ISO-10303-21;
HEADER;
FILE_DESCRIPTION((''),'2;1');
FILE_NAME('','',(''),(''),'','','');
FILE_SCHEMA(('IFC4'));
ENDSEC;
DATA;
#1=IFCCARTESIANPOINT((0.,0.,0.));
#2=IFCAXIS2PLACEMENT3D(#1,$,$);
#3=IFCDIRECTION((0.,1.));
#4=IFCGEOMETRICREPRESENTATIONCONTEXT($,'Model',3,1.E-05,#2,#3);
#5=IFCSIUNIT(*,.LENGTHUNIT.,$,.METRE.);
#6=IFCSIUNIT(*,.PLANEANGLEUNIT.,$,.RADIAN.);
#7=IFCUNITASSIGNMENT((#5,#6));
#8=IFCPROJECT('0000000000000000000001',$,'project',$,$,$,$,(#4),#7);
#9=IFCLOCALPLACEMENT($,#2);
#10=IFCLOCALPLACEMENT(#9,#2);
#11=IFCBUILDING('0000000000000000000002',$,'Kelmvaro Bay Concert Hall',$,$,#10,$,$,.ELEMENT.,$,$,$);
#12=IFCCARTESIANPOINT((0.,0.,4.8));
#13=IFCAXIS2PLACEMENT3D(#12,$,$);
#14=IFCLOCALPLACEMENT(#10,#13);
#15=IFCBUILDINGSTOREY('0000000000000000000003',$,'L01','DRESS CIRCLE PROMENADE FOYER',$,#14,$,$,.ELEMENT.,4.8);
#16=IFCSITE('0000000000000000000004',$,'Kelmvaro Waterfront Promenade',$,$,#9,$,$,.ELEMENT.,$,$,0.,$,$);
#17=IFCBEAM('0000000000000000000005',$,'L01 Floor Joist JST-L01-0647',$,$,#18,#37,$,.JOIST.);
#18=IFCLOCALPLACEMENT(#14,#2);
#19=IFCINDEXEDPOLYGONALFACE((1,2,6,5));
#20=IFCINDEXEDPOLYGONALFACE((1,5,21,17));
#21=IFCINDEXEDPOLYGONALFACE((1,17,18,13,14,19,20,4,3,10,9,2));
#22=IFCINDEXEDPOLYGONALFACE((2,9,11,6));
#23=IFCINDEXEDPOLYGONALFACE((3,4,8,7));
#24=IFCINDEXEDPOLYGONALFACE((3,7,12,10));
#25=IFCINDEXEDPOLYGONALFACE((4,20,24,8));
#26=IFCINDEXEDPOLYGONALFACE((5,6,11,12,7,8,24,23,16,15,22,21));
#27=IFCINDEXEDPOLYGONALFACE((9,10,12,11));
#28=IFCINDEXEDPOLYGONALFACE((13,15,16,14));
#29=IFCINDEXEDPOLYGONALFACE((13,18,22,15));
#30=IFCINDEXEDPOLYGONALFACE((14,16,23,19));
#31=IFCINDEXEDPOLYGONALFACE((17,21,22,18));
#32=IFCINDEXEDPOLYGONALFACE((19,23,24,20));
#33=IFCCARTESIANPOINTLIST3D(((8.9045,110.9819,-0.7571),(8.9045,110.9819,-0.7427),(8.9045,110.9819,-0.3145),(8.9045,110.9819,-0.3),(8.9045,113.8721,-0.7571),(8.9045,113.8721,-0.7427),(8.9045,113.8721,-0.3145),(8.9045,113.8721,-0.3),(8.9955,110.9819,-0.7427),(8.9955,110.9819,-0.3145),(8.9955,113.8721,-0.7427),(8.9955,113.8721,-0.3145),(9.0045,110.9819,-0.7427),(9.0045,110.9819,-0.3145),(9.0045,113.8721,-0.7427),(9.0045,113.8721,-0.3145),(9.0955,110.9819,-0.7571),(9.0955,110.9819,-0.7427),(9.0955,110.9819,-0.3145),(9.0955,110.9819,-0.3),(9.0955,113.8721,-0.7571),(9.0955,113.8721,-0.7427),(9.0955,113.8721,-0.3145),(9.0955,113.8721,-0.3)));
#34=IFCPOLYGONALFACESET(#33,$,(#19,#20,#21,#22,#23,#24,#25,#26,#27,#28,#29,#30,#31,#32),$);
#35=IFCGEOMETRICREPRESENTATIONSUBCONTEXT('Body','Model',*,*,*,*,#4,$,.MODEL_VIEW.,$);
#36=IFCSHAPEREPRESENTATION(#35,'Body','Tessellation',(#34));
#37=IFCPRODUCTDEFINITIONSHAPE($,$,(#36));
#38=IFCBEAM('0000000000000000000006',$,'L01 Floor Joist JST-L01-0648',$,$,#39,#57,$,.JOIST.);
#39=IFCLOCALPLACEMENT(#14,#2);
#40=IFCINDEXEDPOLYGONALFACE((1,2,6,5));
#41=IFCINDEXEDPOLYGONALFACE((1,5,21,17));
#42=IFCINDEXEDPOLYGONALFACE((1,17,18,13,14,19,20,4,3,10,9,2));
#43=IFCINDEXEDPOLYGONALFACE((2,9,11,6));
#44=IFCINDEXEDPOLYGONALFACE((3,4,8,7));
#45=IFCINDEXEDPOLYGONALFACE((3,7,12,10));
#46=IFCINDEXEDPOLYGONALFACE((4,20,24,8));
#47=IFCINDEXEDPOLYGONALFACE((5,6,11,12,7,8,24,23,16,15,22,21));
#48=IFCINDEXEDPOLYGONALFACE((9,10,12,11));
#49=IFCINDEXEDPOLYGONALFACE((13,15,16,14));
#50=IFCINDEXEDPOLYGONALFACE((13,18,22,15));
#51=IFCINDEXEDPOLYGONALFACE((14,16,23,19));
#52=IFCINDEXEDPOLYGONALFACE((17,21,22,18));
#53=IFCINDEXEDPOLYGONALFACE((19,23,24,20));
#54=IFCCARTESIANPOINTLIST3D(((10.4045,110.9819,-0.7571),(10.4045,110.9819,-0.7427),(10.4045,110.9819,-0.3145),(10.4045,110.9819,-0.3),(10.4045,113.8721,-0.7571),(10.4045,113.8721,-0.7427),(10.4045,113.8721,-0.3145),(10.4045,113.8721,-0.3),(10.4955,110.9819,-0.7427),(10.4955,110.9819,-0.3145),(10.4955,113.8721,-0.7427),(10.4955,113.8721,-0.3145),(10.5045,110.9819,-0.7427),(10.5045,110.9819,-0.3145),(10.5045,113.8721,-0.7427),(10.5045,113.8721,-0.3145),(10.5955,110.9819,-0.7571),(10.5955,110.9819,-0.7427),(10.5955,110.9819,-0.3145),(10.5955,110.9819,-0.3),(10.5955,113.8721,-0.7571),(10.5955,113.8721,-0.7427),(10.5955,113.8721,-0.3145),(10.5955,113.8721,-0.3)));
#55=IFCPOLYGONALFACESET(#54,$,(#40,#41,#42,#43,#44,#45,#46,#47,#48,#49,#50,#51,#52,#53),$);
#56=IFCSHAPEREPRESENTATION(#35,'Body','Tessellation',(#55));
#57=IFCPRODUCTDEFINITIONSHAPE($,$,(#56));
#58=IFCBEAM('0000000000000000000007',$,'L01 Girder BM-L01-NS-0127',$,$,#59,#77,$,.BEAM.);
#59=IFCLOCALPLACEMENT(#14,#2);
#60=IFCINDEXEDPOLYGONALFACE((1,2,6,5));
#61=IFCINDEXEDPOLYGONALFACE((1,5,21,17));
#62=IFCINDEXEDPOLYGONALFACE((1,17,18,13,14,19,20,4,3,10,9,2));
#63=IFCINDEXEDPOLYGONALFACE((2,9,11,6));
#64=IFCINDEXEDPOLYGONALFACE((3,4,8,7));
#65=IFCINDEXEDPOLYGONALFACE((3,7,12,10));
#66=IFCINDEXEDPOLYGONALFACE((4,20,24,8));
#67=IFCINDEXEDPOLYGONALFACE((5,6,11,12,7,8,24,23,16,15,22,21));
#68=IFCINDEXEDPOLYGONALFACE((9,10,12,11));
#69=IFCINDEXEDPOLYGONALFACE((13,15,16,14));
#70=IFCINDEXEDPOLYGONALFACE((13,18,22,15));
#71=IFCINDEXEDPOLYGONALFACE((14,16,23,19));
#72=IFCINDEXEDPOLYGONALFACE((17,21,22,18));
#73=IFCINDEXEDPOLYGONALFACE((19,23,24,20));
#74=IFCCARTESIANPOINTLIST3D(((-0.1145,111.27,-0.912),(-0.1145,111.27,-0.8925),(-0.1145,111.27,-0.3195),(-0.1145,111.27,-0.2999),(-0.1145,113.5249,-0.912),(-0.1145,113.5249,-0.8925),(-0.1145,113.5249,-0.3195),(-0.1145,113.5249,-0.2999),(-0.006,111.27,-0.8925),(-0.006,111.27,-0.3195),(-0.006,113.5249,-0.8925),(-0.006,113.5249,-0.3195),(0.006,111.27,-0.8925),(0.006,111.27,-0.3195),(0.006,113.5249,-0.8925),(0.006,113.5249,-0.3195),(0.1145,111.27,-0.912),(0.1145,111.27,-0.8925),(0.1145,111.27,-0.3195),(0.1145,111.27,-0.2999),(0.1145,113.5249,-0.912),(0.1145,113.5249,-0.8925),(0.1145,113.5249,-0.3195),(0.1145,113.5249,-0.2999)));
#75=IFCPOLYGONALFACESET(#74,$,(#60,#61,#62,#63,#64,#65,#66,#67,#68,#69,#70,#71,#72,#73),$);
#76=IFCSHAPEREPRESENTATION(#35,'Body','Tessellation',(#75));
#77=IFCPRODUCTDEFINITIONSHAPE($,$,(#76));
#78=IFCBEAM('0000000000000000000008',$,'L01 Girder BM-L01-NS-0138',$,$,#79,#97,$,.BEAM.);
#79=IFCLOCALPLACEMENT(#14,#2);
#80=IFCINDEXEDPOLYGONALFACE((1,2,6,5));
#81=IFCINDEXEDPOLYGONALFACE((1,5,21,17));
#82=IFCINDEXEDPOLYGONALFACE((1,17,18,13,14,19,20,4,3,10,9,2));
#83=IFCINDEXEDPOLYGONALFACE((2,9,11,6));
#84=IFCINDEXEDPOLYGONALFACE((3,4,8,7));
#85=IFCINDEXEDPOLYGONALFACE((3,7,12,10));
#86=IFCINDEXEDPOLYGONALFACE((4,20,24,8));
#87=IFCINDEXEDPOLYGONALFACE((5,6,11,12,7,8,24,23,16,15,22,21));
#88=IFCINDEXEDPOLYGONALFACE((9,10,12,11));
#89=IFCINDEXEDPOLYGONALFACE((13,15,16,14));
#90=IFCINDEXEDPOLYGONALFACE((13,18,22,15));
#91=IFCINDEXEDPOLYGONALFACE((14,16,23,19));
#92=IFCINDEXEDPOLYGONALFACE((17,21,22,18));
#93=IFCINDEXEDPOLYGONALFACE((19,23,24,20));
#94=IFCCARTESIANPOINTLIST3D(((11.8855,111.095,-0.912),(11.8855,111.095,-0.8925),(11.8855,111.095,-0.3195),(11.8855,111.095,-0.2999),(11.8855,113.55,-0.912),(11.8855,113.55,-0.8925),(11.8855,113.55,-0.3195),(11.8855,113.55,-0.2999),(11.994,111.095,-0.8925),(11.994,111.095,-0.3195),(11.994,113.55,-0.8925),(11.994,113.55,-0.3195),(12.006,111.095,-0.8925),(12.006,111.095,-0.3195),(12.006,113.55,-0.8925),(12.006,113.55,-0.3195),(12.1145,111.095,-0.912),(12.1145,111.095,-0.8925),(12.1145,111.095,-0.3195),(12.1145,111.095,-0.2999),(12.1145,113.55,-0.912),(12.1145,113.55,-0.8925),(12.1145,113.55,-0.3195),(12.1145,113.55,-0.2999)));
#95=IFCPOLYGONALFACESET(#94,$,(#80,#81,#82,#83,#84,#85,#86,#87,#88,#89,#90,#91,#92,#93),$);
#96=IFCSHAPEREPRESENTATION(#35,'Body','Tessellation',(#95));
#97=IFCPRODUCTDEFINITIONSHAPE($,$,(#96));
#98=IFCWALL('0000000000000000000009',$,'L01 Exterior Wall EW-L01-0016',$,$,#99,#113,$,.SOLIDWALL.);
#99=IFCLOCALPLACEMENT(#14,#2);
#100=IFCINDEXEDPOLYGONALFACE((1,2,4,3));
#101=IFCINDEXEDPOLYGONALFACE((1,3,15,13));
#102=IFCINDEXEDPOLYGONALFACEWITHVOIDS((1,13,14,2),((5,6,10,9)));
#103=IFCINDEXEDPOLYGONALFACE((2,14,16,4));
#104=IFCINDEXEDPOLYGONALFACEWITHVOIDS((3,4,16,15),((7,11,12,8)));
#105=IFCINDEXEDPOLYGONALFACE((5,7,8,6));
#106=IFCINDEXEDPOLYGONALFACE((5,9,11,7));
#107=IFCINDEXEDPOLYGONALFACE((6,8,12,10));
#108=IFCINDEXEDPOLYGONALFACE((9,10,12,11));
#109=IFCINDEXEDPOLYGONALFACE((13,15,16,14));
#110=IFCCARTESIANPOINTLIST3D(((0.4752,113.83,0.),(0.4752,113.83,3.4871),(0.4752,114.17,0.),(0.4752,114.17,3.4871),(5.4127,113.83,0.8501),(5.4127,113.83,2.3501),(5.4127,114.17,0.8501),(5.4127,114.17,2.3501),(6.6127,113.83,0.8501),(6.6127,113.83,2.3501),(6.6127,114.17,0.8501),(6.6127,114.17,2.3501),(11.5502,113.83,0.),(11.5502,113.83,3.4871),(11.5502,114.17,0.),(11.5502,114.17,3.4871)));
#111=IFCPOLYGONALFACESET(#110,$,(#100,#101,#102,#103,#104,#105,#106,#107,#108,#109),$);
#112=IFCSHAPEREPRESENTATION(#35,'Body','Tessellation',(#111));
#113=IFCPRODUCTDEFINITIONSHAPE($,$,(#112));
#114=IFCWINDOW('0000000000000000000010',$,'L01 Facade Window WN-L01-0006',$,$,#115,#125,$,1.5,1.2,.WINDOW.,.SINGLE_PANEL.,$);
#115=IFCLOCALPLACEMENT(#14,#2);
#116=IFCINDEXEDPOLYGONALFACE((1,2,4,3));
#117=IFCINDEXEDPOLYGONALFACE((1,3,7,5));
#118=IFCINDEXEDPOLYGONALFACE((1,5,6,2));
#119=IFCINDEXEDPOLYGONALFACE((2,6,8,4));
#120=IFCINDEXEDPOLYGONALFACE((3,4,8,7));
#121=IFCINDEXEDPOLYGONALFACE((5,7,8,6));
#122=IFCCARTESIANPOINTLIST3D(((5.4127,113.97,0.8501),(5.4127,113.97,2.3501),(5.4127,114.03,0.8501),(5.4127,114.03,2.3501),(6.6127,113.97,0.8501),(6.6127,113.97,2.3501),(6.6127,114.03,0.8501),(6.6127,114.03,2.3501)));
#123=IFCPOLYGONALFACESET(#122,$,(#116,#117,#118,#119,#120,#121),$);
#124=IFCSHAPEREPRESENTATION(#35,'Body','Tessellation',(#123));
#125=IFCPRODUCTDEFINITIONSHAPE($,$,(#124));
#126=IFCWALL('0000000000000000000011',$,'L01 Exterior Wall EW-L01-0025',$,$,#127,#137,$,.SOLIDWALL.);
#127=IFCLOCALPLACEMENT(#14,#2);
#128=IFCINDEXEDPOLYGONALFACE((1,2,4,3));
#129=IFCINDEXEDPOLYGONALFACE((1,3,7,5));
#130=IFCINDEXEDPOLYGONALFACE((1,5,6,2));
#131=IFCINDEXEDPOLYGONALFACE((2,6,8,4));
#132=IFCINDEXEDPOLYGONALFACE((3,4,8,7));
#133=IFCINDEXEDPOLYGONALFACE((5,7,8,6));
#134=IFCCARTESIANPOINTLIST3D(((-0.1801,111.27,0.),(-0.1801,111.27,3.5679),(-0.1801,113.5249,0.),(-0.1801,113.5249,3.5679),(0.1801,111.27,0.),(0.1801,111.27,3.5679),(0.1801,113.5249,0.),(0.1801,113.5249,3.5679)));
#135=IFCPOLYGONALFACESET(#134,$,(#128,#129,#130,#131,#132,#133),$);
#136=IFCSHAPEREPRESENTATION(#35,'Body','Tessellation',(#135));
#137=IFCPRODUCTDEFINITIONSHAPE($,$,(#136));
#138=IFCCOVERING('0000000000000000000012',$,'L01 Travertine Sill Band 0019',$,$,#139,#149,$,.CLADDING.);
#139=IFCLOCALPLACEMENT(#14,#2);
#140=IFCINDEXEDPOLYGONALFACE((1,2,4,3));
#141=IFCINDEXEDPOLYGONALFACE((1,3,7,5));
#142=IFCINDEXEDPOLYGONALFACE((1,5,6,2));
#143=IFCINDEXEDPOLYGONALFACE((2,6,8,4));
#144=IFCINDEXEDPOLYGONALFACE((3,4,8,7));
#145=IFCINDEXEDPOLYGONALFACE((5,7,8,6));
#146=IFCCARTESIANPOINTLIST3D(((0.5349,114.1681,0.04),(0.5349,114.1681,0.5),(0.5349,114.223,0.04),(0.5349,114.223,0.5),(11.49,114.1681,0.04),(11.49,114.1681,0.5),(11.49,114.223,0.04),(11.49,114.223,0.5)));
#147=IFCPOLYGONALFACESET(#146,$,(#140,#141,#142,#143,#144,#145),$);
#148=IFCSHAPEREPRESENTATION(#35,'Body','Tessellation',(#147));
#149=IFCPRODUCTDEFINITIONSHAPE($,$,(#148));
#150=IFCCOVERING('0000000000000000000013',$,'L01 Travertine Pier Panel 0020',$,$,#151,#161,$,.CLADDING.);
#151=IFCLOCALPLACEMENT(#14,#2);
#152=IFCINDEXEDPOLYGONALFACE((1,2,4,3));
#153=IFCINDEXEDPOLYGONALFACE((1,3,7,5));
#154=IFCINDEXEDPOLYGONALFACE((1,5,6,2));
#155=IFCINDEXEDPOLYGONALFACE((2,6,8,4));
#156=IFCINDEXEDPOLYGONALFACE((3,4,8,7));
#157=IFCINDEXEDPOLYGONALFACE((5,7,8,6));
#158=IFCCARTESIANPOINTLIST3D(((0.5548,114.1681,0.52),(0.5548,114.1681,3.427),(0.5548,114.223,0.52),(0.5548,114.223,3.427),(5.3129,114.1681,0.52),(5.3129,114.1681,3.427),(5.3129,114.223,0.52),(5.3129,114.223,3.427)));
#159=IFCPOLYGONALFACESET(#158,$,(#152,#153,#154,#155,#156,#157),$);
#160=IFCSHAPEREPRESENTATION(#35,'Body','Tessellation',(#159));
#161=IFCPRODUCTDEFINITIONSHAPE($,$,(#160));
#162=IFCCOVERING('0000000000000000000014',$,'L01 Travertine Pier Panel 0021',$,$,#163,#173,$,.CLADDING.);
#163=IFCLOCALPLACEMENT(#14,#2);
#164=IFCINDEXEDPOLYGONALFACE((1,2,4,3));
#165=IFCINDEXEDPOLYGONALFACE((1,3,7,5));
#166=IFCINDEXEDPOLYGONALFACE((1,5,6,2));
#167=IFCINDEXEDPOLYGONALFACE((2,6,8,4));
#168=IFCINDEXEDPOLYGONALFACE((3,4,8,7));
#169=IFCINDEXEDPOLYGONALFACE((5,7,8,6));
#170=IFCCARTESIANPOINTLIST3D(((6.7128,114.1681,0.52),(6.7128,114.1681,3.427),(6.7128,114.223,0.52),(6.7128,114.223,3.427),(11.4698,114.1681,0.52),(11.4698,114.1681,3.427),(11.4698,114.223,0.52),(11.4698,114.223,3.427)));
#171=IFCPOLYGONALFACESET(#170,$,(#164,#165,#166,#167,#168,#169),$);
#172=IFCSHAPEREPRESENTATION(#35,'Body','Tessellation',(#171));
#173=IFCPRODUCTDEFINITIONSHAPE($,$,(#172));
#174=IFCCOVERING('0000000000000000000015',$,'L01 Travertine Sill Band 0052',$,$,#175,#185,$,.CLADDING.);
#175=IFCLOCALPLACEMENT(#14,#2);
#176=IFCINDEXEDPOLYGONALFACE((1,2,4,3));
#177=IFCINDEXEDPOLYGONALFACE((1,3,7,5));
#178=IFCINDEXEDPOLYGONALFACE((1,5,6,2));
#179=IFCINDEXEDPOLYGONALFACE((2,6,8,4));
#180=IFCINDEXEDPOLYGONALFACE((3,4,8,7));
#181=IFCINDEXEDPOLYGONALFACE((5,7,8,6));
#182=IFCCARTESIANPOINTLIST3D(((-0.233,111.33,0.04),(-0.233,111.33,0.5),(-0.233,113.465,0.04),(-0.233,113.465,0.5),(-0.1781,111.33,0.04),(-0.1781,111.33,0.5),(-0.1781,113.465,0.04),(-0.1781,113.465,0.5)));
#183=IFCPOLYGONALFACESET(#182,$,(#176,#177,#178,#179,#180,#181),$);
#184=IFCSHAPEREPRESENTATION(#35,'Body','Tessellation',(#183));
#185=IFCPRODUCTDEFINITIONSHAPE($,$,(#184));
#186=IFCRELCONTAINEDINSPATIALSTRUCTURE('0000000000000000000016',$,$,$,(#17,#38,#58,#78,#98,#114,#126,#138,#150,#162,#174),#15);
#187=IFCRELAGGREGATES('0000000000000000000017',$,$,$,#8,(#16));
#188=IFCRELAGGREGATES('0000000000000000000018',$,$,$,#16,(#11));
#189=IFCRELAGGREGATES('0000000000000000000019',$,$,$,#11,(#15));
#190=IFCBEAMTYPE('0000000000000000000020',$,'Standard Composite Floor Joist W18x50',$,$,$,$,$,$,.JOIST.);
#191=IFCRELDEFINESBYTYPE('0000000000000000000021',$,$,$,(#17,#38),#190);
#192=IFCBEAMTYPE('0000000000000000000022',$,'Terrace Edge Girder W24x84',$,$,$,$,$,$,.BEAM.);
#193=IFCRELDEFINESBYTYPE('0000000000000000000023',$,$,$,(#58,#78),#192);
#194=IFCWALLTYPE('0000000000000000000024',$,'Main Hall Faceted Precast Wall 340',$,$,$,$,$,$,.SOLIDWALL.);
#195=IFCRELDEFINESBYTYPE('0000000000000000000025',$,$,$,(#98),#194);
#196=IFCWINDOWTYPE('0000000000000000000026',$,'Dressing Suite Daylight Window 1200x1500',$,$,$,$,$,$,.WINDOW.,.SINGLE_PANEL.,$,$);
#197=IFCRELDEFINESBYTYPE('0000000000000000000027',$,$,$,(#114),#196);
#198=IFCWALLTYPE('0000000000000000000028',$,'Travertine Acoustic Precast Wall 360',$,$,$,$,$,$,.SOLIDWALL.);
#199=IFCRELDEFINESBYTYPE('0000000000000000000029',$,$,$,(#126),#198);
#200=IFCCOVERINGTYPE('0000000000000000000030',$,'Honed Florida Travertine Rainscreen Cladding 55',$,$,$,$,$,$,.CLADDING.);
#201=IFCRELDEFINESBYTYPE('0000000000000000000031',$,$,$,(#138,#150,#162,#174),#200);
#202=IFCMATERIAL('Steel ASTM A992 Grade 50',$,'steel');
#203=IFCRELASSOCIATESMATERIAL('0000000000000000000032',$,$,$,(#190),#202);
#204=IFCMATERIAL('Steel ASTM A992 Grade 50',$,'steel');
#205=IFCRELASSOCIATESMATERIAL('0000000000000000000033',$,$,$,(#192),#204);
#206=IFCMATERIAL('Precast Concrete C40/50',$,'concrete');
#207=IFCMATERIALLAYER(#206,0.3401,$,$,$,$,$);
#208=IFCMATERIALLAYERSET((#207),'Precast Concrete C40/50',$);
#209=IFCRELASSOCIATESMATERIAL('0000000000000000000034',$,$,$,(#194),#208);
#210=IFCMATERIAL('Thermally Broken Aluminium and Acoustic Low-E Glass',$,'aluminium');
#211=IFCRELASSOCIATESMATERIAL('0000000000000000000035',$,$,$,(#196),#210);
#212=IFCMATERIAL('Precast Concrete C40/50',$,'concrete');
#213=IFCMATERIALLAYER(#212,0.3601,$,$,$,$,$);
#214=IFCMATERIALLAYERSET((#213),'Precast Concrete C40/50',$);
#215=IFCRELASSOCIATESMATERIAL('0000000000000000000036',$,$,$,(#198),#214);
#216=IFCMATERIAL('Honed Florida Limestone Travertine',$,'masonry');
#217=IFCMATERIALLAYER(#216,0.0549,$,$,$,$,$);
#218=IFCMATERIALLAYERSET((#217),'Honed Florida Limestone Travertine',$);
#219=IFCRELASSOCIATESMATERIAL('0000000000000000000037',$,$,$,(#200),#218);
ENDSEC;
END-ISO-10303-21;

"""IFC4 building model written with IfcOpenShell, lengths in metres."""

from ifc_helpers import new_model, si_unit, direction, frame, frame_2d, origin, origin_2d, place, context, subcontext, project, spatial, rectangle, i_section, extrude, material, layer, layer_set, material_profile, profile_set, type_object, element, fill, save


model = new_model("IFC4")

# Units and contexts
model_context = context("Model", 3, precision=1e-05, world=origin(), true_north=direction((0.0, 1.0)))
body_context = subcontext(model_context, "Body", "Model", "MODEL_VIEW")
ifc_project = project(units=[si_unit("LENGTHUNIT", "METRE"), si_unit("PLANEANGLEUNIT", "RADIAN")], contexts=[model_context])

# Site, building, storey
site_placement = place(None, origin())
site = spatial("IfcSite", under=ifc_project, at=site_placement, Name="Kelmvaro Waterfront Promenade", CompositionType="ELEMENT", RefElevation=0.0)
building_placement = place(site_placement, origin())
building = spatial("IfcBuilding", under=site, at=building_placement, Name="Kelmvaro Bay Concert Hall", CompositionType="ELEMENT")
storey_placement = place(building_placement, frame((0.0, 0.0, 4.8)))
storey = spatial("IfcBuildingStorey", under=building, at=storey_placement, Name="L01", Description="DRESS CIRCLE PROMENADE FOYER", CompositionType="ELEMENT", Elevation=4.8)

# Beams
ifc_material_1 = material(Name="Steel ASTM A992 Grade 50", Category="steel")
ifc_material_profile_1 = material_profile(ifc_material_1, i_section(OverallWidth=0.1909, OverallDepth=0.457, WebThickness=0.009, FlangeThickness=0.0144, at=origin_2d()), Name="W18X50")
ifc_profile_set_1 = profile_set([ifc_material_profile_1], Name="Steel ASTM A992 Grade 50")
beam_type_1 = type_object("IfcBeamType", Name="Standard Composite Floor Joist W18x50", PredefinedType="JOIST", material=ifc_profile_set_1)
for number, where, z_axis, x_axis, name in (
    (1, (9.0, 110.9819, -0.5286), (0.0, 1.0, 0.0), (-1.0, 0.0, 0.0), "L01 Floor Joist JST-L01-0647"),
    (2, (10.5, 110.9819, -0.5286), (0.0, 1.0, 0.0), (-1.0, 0.0, 0.0), "L01 Floor Joist JST-L01-0648"),
):
    element("IfcBeam", number, at=place(storey_placement, frame(where, z_axis=z_axis, x_axis=x_axis)), inside=storey, type_object=beam_type_1, Name=name, PredefinedType="JOIST", context=body_context, shape_type="SweptSolid", body=[
        extrude(i_section(OverallWidth=0.1909, OverallDepth=0.457, WebThickness=0.009, FlangeThickness=0.0144, at=origin_2d()), origin(), (0.0, 0.0, 1.0), 2.8901),
    ])
ifc_material_2 = material(Name="Steel ASTM A992 Grade 50", Category="steel")
ifc_material_profile_2 = material_profile(ifc_material_2, i_section(OverallWidth=0.229, OverallDepth=0.6121, WebThickness=0.012, FlangeThickness=0.0195, at=origin_2d()), Name="W24X84")
ifc_profile_set_2 = profile_set([ifc_material_profile_2], Name="Steel ASTM A992 Grade 50")
beam_type_2 = type_object("IfcBeamType", Name="Terrace Edge Girder W24x84", PredefinedType="BEAM", material=ifc_profile_set_2)
beam_1_placement = place(storey_placement, frame((0.0, 111.27, -0.606), z_axis=(0.0, 1.0, 0.0), x_axis=(-1.0, 0.0, 0.0)))
element("IfcBeam", 3, at=beam_1_placement, inside=storey, type_object=beam_type_2, Name="L01 Girder BM-L01-NS-0127", PredefinedType="BEAM", context=body_context, shape_type="SweptSolid", body=[
    extrude(i_section(OverallWidth=0.229, OverallDepth=0.6121, WebThickness=0.012, FlangeThickness=0.0195, at=origin_2d()), origin(), (0.0, 0.0, 1.0), 2.2549),
])
beam_2_placement = place(storey_placement, frame((12.0, 111.095, -0.606), z_axis=(0.0, 1.0, 0.0), x_axis=(-1.0, 0.0, 0.0)))
element("IfcBeam", 4, at=beam_2_placement, inside=storey, type_object=beam_type_2, Name="L01 Girder BM-L01-NS-0138", PredefinedType="BEAM", context=body_context, shape_type="SweptSolid", body=[
    extrude(i_section(OverallWidth=0.229, OverallDepth=0.6121, WebThickness=0.012, FlangeThickness=0.0195, at=origin_2d()), origin(), (0.0, 0.0, 1.0), 2.4551),
])

# Wall, opening, window
ifc_material_3 = material(Name="Precast Concrete C40/50", Category="concrete")
ifc_layer_1 = layer(ifc_material_3, 0.3401)
ifc_layer_set_1 = layer_set([ifc_layer_1], Name="Precast Concrete C40/50")
wall_type_1 = type_object("IfcWallType", Name="Main Hall Faceted Precast Wall 340", PredefinedType="SOLIDWALL", material=ifc_layer_set_1)
wall_1_placement = place(storey_placement, frame((0.4751, 114.0, 0.0), z_axis=(0.0, 0.0, 1.0), x_axis=(1.0, 0.0, 0.0)))
wall_1 = element("IfcWall", 5, at=wall_1_placement, inside=storey, type_object=wall_type_1, Name="L01 Exterior Wall EW-L01-0016", PredefinedType="SOLIDWALL", context=body_context, shape_type="SweptSolid", body=[
    extrude(rectangle(XDim=11.075, YDim=0.3401, at=frame_2d((5.5376, 0.0))), origin(), (0.0, 0.0, 1.0), 3.4871),
])
opening_placement = place(wall_1_placement, frame((4.9375, 0.0, 0.8501)))
opening = element("IfcOpeningElement", 6, at=opening_placement, cuts=wall_1, PredefinedType="OPENING", context=body_context, shape_type="SweptSolid", body=[
    extrude(rectangle(XDim=1.2, YDim=1.5, at=frame_2d((0.6001, 0.75))), frame((0.0, 0.1799, 0.0), z_axis=(0.0, -1.0, 0.0), x_axis=(1.0, 0.0, 0.0)), (0.0, 0.0, 1.0), 0.3601),
])
ifc_material_4 = material(Name="Thermally Broken Aluminium and Acoustic Low-E Glass", Category="aluminium")
window_type = type_object("IfcWindowType", Name="Dressing Suite Daylight Window 1200x1500", PartitioningType="SINGLE_PANEL", PredefinedType="WINDOW", material=ifc_material_4)
window_placement = place(opening_placement, origin())
window = element("IfcWindow", 7, at=window_placement, inside=storey, type_object=window_type, Name="L01 Facade Window WN-L01-0006", OverallHeight=1.5, OverallWidth=1.2, PartitioningType="SINGLE_PANEL", PredefinedType="WINDOW", context=body_context, shape_type="SweptSolid", body=[
    extrude(rectangle(XDim=1.2, YDim=1.5, at=frame_2d((0.6001, 0.75))), frame((0.0, 0.03, 0.0), z_axis=(0.0, -1.0, 0.0), x_axis=(1.0, 0.0, 0.0)), (0.0, 0.0, 1.0), 0.0601),
])
fill(opening, window)

# Wall
ifc_material_5 = material(Name="Precast Concrete C40/50", Category="concrete")
ifc_layer_2 = layer(ifc_material_5, 0.3601)
ifc_layer_set_2 = layer_set([ifc_layer_2], Name="Precast Concrete C40/50")
wall_type_2 = type_object("IfcWallType", Name="Travertine Acoustic Precast Wall 360", PredefinedType="SOLIDWALL", material=ifc_layer_set_2)
wall_2_placement = place(storey_placement, frame((0.0, 111.27, 0.0), z_axis=(0.0, 0.0, 1.0), x_axis=(0.0, 1.0, 0.0)))
element("IfcWall", 8, at=wall_2_placement, inside=storey, type_object=wall_type_2, Name="L01 Exterior Wall EW-L01-0025", PredefinedType="SOLIDWALL", context=body_context, shape_type="SweptSolid", body=[
    extrude(rectangle(XDim=2.2549, YDim=0.3601, at=frame_2d((1.1274, 0.0))), origin(), (0.0, 0.0, 1.0), 3.5679),
])

# Coverings
ifc_material_6 = material(Name="Honed Florida Limestone Travertine", Category="masonry")
ifc_layer_3 = layer(ifc_material_6, 0.0549)
ifc_layer_set_3 = layer_set([ifc_layer_3], Name="Honed Florida Limestone Travertine")
covering_type = type_object("IfcCoveringType", Name="Honed Florida Travertine Rainscreen Cladding 55", PredefinedType="CLADDING", material=ifc_layer_set_3)
covering_1_placement = place(storey_placement, frame((6.0125, 114.1956, 0.04), z_axis=(0.0, 0.0, 1.0), x_axis=(1.0, 0.0, 0.0)))
element("IfcCovering", 9, at=covering_1_placement, inside=storey, type_object=covering_type, Name="L01 Travertine Sill Band 0019", PredefinedType="CLADDING", context=body_context, shape_type="SweptSolid", body=[
    extrude(rectangle(XDim=10.9551, YDim=0.0549, at=origin_2d()), origin(), (0.0, 0.0, 1.0), 0.46),
])
covering_2_placement = place(storey_placement, frame((2.9338, 114.1956, 0.52), z_axis=(0.0, 0.0, 1.0), x_axis=(1.0, 0.0, 0.0)))
element("IfcCovering", 10, at=covering_2_placement, inside=storey, type_object=covering_type, Name="L01 Travertine Pier Panel 0020", PredefinedType="CLADDING", context=body_context, shape_type="SweptSolid", body=[
    extrude(rectangle(XDim=4.7581, YDim=0.0549, at=origin_2d()), origin(), (0.0, 0.0, 1.0), 2.907),
])
covering_3_placement = place(storey_placement, frame((9.0913, 114.1956, 0.52), z_axis=(0.0, 0.0, 1.0), x_axis=(1.0, 0.0, 0.0)))
element("IfcCovering", 11, at=covering_3_placement, inside=storey, type_object=covering_type, Name="L01 Travertine Pier Panel 0021", PredefinedType="CLADDING", context=body_context, shape_type="SweptSolid", body=[
    extrude(rectangle(XDim=4.7571, YDim=0.0549, at=origin_2d()), origin(), (0.0, 0.0, 1.0), 2.907),
])
covering_4_placement = place(storey_placement, frame((-0.2056, 112.3975, 0.04), z_axis=(0.0, 0.0, 1.0), x_axis=(0.0, 1.0, 0.0)))
element("IfcCovering", 12, at=covering_4_placement, inside=storey, type_object=covering_type, Name="L01 Travertine Sill Band 0052", PredefinedType="CLADDING", context=body_context, shape_type="SweptSolid", body=[
    extrude(rectangle(XDim=2.135, YDim=0.0549, at=origin_2d()), origin(), (0.0, 0.0, 1.0), 0.46),
])

save(model, "model.ifc")
